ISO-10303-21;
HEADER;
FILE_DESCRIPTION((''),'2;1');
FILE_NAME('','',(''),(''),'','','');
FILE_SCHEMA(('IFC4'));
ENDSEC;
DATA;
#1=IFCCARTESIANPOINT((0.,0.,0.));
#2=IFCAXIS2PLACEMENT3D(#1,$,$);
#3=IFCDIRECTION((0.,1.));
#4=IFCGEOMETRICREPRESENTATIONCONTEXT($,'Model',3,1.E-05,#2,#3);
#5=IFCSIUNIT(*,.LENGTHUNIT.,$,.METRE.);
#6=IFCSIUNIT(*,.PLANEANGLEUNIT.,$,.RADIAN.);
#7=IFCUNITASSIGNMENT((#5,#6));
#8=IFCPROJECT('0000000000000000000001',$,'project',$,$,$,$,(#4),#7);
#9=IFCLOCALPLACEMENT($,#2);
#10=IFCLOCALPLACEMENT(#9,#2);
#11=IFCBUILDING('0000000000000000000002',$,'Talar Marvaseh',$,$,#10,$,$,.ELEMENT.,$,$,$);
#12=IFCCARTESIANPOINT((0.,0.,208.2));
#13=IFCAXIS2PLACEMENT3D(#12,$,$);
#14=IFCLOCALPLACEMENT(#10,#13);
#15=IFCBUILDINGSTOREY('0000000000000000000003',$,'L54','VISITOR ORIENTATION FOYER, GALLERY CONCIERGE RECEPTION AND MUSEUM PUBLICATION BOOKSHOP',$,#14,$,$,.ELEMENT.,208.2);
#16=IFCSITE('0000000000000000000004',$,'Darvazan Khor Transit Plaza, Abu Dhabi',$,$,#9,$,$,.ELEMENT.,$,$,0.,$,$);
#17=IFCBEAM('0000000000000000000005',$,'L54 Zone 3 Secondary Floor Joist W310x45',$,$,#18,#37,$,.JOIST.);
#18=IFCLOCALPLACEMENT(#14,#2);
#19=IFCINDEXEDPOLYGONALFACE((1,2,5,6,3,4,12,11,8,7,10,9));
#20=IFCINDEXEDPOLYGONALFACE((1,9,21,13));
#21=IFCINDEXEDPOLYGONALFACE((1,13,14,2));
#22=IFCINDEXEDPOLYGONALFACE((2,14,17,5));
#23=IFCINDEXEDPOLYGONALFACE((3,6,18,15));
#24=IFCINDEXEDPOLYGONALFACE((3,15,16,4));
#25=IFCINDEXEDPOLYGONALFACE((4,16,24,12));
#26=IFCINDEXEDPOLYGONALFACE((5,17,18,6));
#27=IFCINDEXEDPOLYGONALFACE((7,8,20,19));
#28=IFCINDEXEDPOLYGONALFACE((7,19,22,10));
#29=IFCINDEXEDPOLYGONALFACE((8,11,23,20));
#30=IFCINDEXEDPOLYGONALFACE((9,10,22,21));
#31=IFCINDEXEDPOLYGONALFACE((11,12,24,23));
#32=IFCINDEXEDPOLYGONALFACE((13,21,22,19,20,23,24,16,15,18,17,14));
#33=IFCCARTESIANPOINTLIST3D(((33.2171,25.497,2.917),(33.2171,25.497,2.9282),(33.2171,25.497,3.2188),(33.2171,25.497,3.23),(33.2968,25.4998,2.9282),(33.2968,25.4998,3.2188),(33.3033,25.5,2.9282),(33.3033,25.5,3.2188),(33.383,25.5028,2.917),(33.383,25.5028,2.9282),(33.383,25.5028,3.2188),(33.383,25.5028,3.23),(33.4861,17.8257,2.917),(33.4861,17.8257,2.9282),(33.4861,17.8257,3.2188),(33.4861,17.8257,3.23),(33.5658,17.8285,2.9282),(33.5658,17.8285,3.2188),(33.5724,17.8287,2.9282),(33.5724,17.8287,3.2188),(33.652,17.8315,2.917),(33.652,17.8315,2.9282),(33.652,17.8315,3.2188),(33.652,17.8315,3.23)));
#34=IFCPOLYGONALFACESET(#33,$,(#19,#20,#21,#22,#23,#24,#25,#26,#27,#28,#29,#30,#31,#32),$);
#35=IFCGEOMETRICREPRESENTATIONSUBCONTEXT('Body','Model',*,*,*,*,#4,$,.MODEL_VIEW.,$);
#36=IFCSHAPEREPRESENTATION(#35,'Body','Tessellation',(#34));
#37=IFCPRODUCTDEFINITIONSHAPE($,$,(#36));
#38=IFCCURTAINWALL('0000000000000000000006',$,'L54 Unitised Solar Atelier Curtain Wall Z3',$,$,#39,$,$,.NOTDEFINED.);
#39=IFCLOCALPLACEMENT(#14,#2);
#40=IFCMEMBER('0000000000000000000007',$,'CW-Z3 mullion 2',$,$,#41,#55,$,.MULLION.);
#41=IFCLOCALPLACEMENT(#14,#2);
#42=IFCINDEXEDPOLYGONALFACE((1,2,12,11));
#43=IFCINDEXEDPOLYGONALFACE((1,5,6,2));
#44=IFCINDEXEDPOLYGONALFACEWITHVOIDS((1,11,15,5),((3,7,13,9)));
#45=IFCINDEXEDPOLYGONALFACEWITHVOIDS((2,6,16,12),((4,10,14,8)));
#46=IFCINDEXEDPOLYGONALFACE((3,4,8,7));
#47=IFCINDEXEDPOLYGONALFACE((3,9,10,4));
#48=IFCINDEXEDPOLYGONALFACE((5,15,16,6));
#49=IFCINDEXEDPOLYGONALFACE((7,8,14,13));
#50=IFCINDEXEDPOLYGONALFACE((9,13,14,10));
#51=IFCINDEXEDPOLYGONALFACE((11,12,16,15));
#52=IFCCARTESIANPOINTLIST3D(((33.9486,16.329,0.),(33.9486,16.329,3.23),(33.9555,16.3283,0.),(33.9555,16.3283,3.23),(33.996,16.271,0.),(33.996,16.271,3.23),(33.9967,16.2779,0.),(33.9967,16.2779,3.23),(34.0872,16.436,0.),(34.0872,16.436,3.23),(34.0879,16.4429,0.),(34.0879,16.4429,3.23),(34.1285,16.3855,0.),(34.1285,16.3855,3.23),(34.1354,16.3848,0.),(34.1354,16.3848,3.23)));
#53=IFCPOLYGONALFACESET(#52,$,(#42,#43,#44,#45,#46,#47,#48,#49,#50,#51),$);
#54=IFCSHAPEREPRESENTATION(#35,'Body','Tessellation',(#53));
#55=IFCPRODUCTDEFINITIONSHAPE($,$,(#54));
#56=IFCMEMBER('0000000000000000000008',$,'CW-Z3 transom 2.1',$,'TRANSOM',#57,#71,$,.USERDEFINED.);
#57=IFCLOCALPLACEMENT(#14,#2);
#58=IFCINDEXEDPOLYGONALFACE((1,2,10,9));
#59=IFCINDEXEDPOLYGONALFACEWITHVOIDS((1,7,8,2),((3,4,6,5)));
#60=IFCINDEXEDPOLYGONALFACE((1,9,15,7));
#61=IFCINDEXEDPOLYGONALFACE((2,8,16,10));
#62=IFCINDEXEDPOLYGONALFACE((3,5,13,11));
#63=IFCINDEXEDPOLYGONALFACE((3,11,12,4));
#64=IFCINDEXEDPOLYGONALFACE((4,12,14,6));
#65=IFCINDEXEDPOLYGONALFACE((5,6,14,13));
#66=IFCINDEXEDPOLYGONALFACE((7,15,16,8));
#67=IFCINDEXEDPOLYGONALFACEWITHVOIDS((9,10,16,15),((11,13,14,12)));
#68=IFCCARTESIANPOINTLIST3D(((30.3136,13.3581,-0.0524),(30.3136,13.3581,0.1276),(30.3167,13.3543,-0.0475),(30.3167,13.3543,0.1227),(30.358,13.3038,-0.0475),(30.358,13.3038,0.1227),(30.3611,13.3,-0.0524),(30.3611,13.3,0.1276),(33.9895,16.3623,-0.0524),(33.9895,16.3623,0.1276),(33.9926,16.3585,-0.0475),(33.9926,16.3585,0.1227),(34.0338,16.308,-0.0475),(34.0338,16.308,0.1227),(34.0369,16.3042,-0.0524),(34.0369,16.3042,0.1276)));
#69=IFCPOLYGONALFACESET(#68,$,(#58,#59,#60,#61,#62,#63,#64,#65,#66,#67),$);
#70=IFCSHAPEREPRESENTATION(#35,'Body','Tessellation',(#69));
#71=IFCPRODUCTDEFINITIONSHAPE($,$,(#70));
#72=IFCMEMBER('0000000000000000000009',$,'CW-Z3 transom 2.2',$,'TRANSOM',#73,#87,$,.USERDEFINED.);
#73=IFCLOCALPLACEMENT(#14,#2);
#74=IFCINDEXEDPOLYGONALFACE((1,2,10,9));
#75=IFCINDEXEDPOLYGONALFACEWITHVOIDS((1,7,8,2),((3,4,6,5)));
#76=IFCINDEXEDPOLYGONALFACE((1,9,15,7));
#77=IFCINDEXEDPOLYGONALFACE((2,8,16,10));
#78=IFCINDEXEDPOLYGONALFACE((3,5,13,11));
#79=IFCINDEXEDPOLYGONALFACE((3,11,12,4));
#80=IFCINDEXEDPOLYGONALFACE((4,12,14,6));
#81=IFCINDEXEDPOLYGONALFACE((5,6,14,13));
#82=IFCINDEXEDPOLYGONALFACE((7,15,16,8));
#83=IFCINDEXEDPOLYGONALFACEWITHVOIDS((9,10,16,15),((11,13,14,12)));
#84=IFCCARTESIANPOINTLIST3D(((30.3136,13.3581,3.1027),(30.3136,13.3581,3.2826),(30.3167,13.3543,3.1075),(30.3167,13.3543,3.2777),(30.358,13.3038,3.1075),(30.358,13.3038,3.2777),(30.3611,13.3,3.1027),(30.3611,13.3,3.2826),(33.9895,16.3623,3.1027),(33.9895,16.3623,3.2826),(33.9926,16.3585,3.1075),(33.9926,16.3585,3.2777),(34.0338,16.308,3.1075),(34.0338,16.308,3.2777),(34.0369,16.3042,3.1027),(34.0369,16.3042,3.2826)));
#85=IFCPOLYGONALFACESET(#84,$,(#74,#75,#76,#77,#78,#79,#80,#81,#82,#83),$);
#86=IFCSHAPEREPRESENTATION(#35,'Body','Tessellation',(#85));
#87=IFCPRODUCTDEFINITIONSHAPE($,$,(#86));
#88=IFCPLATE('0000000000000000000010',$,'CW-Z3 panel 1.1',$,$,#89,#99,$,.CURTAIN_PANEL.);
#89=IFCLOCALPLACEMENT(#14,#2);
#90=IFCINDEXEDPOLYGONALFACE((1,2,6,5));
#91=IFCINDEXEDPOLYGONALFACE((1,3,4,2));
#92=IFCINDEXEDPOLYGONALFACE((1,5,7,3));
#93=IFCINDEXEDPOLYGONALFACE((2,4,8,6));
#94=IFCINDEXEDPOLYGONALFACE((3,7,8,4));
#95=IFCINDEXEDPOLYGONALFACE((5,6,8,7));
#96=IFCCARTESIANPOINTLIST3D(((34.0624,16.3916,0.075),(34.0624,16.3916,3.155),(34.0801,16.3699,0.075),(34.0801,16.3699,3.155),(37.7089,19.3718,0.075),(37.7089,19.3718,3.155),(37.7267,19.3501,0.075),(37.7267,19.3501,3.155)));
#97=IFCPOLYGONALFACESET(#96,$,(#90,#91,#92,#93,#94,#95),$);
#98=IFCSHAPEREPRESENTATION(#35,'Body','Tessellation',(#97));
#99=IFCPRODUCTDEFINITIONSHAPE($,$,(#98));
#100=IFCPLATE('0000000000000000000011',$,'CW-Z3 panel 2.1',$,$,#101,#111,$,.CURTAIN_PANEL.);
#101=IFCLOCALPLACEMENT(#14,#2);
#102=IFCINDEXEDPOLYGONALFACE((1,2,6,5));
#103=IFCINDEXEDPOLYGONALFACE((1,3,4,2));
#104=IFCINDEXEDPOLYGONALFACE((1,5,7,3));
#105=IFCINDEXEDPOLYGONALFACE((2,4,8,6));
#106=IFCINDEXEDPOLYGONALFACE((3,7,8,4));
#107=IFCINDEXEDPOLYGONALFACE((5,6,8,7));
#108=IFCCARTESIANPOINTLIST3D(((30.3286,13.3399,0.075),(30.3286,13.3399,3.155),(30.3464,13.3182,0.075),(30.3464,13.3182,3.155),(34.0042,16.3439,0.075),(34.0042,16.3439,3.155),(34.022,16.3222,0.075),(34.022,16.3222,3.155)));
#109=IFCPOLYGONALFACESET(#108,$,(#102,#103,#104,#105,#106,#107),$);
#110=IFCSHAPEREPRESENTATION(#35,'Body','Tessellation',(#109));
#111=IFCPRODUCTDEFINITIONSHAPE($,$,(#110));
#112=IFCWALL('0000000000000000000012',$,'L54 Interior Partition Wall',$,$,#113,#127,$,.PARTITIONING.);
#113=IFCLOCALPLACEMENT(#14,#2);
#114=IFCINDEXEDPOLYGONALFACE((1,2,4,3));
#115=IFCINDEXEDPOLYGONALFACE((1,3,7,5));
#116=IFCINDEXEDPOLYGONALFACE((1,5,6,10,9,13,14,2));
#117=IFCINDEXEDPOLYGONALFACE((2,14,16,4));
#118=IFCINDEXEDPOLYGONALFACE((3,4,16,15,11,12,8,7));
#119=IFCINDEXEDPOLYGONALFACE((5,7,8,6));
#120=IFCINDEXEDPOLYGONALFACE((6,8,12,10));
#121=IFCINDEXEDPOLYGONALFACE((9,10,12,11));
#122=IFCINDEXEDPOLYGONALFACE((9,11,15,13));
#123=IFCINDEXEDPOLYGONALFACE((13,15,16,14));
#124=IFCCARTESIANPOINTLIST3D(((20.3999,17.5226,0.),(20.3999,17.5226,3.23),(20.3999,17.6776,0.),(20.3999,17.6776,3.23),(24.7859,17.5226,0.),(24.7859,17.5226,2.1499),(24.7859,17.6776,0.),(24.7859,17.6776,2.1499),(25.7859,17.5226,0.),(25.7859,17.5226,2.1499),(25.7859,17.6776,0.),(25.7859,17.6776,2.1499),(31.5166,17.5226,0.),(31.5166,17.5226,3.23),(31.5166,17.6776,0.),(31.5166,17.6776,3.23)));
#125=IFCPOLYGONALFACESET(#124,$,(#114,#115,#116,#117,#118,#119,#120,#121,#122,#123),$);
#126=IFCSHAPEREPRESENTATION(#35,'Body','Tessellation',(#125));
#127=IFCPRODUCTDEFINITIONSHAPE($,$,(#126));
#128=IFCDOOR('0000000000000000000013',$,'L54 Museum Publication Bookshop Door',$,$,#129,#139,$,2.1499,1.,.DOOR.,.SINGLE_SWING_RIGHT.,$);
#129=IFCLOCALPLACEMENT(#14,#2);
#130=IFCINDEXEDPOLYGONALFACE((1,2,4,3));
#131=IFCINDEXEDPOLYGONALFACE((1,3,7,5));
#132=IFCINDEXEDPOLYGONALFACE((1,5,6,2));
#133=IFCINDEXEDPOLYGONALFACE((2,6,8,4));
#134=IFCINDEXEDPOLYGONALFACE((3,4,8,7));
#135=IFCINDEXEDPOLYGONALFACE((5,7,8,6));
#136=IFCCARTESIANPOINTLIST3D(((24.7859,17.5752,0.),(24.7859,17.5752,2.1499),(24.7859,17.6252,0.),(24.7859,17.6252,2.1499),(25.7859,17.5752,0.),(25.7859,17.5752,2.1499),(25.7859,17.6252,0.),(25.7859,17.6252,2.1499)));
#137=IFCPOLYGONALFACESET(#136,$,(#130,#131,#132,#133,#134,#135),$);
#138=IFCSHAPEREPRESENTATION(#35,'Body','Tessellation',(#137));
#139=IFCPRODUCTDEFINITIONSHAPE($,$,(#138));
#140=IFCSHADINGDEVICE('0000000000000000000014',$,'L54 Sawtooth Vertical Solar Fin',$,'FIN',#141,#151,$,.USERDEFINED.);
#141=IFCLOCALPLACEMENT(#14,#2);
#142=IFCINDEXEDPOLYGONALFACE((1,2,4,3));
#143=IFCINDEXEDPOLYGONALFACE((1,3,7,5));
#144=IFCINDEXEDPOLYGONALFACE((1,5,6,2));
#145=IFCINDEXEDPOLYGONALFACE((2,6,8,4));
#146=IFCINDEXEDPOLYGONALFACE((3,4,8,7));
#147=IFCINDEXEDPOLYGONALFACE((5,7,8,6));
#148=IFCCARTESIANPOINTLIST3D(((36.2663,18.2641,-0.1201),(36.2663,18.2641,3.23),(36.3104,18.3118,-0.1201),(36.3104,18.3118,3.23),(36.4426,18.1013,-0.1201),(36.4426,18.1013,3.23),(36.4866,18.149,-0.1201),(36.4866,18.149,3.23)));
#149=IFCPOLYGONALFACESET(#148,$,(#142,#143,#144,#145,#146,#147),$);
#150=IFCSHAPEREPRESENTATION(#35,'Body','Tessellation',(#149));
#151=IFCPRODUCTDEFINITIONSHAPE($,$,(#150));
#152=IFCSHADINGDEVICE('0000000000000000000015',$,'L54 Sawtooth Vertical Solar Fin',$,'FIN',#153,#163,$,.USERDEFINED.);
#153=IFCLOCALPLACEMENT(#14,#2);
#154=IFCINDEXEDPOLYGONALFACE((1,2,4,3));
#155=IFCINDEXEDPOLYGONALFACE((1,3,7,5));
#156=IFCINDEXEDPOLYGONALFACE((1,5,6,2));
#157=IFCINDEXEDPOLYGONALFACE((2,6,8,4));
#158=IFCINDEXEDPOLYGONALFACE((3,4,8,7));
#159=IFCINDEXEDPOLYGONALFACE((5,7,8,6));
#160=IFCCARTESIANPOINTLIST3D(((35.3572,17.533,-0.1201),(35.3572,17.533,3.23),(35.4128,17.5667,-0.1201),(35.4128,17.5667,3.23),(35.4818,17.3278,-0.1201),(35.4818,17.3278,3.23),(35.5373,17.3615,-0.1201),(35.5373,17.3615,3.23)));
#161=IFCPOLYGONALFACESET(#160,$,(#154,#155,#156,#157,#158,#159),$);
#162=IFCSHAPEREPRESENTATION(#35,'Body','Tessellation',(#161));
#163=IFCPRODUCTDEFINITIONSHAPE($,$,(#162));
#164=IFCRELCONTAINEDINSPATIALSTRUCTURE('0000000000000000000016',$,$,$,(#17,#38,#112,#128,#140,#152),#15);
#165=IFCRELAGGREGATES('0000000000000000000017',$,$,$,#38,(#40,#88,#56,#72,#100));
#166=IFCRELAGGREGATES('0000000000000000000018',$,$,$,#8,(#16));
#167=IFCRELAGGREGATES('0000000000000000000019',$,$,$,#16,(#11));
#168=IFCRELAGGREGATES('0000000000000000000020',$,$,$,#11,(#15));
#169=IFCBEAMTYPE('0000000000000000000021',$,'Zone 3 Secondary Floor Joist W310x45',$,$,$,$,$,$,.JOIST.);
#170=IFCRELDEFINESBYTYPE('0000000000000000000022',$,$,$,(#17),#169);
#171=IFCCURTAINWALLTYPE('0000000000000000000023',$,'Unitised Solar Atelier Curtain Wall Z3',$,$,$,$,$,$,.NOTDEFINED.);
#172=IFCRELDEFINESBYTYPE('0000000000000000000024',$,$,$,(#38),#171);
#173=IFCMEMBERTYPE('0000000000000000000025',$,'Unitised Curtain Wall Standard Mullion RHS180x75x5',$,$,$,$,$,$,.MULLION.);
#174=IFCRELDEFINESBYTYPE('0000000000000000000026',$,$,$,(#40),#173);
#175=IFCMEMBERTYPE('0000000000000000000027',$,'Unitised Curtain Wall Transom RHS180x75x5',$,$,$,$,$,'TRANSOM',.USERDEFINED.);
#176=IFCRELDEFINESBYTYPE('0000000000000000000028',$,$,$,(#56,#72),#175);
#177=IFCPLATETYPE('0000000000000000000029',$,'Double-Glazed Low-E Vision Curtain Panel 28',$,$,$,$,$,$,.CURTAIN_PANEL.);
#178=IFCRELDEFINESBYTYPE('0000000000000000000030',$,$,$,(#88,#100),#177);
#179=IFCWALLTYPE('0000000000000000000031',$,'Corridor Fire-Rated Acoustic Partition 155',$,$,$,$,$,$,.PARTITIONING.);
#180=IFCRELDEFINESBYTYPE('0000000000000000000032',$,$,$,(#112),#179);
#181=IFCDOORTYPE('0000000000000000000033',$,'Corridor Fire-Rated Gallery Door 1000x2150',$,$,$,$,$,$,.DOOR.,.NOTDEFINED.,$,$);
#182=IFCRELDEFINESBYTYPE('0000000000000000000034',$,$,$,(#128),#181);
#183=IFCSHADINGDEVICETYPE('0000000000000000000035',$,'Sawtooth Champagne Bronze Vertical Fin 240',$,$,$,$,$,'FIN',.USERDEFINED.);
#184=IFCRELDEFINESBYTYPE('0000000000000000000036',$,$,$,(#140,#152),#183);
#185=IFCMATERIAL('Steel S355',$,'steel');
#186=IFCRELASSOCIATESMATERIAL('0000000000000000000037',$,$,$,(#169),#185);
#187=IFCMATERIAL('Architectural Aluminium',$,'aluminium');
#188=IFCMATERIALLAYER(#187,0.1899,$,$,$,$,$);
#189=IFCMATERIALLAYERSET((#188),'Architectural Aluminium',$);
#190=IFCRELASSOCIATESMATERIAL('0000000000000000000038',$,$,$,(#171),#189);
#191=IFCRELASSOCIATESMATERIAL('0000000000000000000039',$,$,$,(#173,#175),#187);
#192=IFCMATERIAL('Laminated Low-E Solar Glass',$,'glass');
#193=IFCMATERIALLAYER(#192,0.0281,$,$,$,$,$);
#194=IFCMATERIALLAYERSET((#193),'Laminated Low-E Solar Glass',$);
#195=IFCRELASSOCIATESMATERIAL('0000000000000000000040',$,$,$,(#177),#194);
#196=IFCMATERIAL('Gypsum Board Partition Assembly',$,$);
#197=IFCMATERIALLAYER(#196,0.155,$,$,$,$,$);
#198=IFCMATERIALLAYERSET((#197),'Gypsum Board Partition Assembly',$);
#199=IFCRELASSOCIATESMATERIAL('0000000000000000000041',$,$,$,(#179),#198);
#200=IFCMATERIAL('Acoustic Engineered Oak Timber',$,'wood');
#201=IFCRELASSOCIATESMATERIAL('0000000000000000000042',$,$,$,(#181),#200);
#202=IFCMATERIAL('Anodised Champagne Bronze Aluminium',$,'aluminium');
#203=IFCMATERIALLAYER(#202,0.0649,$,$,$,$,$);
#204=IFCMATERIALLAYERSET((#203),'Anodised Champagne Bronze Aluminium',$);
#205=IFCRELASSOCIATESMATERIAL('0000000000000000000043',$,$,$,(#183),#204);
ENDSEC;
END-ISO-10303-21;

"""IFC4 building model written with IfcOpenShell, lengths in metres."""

from ifc_helpers import new_model, si_unit, direction, frame, frame_2d, origin, origin_2d, place, context, subcontext, project, spatial, rectangle, hollow_rectangle, i_section, extrude, source, transform, mapped, material, layer, layer_set, material_profile, profile_set, type_object, type_shapes, element, fill, aggregate, save


model = new_model("IFC4")

# Units and contexts
model_context = context("Model", 3, precision=1e-05, world=origin(), true_north=direction((0.0, 1.0)))
body_context = subcontext(model_context, "Body", "Model", "MODEL_VIEW")
ifc_project = project(units=[si_unit("LENGTHUNIT", "METRE"), si_unit("PLANEANGLEUNIT", "RADIAN")], contexts=[model_context])

# Site, building, storey
site_placement = place(None, origin())
site = spatial("IfcSite", under=ifc_project, at=site_placement, Name="Darvazan Khor Transit Plaza, Abu Dhabi", CompositionType="ELEMENT", RefElevation=0.0)
building_placement = place(site_placement, origin())
building = spatial("IfcBuilding", under=site, at=building_placement, Name="Talar Marvaseh", CompositionType="ELEMENT")
storey_placement = place(building_placement, frame((0.0, 0.0, 208.2)))
storey = spatial("IfcBuildingStorey", under=building, at=storey_placement, Name="L54", Description="VISITOR ORIENTATION FOYER, GALLERY CONCIERGE RECEPTION AND MUSEUM PUBLICATION BOOKSHOP", CompositionType="ELEMENT", Elevation=208.2)

# Beam
ifc_material_1 = material(Name="Steel S355", Category="steel")
ifc_material_profile_1 = material_profile(ifc_material_1, i_section(OverallWidth=0.166, OverallDepth=0.313, WebThickness=0.0066, FlangeThickness=0.0112, at=origin_2d()), Name="W310x45")
ifc_profile_set_1 = profile_set([ifc_material_profile_1], Name="Steel S355")
beam_type = type_object("IfcBeamType", Name="Zone 3 Secondary Floor Joist W310x45", PredefinedType="JOIST", material=ifc_profile_set_1)
beam_placement = place(storey_placement, frame((33.5691, 17.8286, 3.0735), z_axis=(-0.035049, 0.999386, 0.0), x_axis=(-0.999386, -0.035049, 0.0)))
element("IfcBeam", 1, at=beam_placement, inside=storey, type_object=beam_type, Name="L54 Zone 3 Secondary Floor Joist W310x45", PredefinedType="JOIST", context=body_context, shape_type="SweptSolid", body=[
    extrude(i_section(OverallWidth=0.166, OverallDepth=0.313, WebThickness=0.0066, FlangeThickness=0.0112, at=origin_2d()), origin(), (0.0, 0.0, 1.0), 7.676),
])

# Curtain wall, members, plates
ifc_material_2 = material(Name="Architectural Aluminium", Category="aluminium")
ifc_layer_1 = layer(ifc_material_2, 0.1899)
ifc_layer_set_1 = layer_set([ifc_layer_1], Name="Architectural Aluminium")
curtain_wall_type = type_object("IfcCurtainWallType", Name="Unitised Solar Atelier Curtain Wall Z3", PredefinedType="NOTDEFINED", material=ifc_layer_set_1)
curtain_wall_placement = place(storey_placement, origin())
curtain_wall = element("IfcCurtainWall", 2, at=curtain_wall_placement, inside=storey, type_object=curtain_wall_type, Name="L54 Unitised Solar Atelier Curtain Wall Z3", PredefinedType="NOTDEFINED")
ifc_material_profile_2 = material_profile(ifc_material_2, hollow_rectangle(XDim=0.075, YDim=0.1799, WallThickness=0.0049, at=origin_2d()), Name="RHS180x75x5")
ifc_profile_set_2 = profile_set([ifc_material_profile_2], Name="Architectural Aluminium")
member_type_1 = type_object("IfcMemberType", Name="Unitised Curtain Wall Standard Mullion RHS180x75x5", PredefinedType="MULLION", material=ifc_profile_set_2)
shared_shape_1 = source(origin(), body_context, "Body", "SweptSolid", [
    extrude(hollow_rectangle(XDim=0.075, YDim=0.1799, WallThickness=0.0049, at=origin_2d()), origin(), (0.0, 0.0, 1.0), 3.23),
])
type_shapes(member_type_1, [shared_shape_1])
member_1_placement = place(storey_placement, frame((34.042, 16.3569, 0.0), z_axis=(0.0, 0.0, 1.0), x_axis=(0.632822, -0.774297, 0.0)))
member_1 = element("IfcMember", 3, at=member_1_placement, type_object=member_type_1, Name="CW-Z3 mullion 2", PredefinedType="MULLION", context=body_context, shape_type="MappedRepresentation", body=[
    mapped(shared_shape_1, transform((0.0, 0.0, 0.0), x_axis=(1.0, 0.0, 0.0), y_axis=(0.0, 1.0, 0.0), z_axis=(0.0, 0.0, 1.0), scale=1.0)),
])
ifc_material_profile_3 = material_profile(ifc_material_2, hollow_rectangle(XDim=0.075, YDim=0.1799, WallThickness=0.0049, at=origin_2d()), Name="RHS180x75x5")
ifc_profile_set_3 = profile_set([ifc_material_profile_3], Name="Architectural Aluminium")
member_type_2 = type_object("IfcMemberType", Name="Unitised Curtain Wall Transom RHS180x75x5", ElementType="TRANSOM", PredefinedType="USERDEFINED", material=ifc_profile_set_3)
shared_shape_2 = source(origin(), body_context, "Body", "SweptSolid", [
    extrude(hollow_rectangle(XDim=0.075, YDim=0.1799, WallThickness=0.0049, at=origin_2d()), origin(), (0.0, 0.0, 1.0), 4.7473),
])
type_shapes(member_type_2, [shared_shape_2])
member_2_placement = place(storey_placement, frame((34.0132, 16.3333, 0.0376), z_axis=(-0.774299, -0.63282, 0.0), x_axis=(0.63282, -0.774299, 0.0)))
member_2 = element("IfcMember", 4, at=member_2_placement, type_object=member_type_2, Name="CW-Z3 transom 2.1", ObjectType="TRANSOM", PredefinedType="USERDEFINED", context=body_context, shape_type="MappedRepresentation", body=[
    mapped(shared_shape_2, transform((0.0, 0.0, 0.0), x_axis=(1.0, 0.0, 0.0), y_axis=(0.0, 1.0, 0.0), z_axis=(0.0, 0.0, 1.0), scale=1.0)),
])
member_3_placement = place(storey_placement, frame((34.0132, 16.3333, 3.1926), z_axis=(-0.774299, -0.63282, 0.0), x_axis=(0.63282, -0.774299, 0.0)))
member_3 = element("IfcMember", 5, at=member_3_placement, type_object=member_type_2, Name="CW-Z3 transom 2.2", ObjectType="TRANSOM", PredefinedType="USERDEFINED", context=body_context, shape_type="MappedRepresentation", body=[
    mapped(shared_shape_2, transform((0.0, 0.0, 0.0), x_axis=(1.0, 0.0, 0.0), y_axis=(0.0, 1.0, 0.0), z_axis=(0.0, 0.0, 1.0), scale=1.0)),
])
ifc_material_3 = material(Name="Laminated Low-E Solar Glass", Category="glass")
ifc_layer_2 = layer(ifc_material_3, 0.0281)
ifc_layer_set_2 = layer_set([ifc_layer_2], Name="Laminated Low-E Solar Glass")
plate_type = type_object("IfcPlateType", Name="Double-Glazed Low-E Vision Curtain Panel 28", PredefinedType="CURTAIN_PANEL", material=ifc_layer_set_2)
shared_shape_3 = source(origin(), body_context, "Body", "SweptSolid", [
    extrude(rectangle(XDim=4.7095, YDim=0.0281, at=origin_2d()), origin(), (0.0, 0.0, 1.0), 3.0801),
])
plate_1_placement = place(storey_placement, frame((35.8945, 17.8708, 0.075), z_axis=(0.0, 0.0, 1.0), x_axis=(-0.774297, -0.632822, 0.0)))
plate_1 = element("IfcPlate", 6, at=plate_1_placement, type_object=plate_type, Name="CW-Z3 panel 1.1", PredefinedType="CURTAIN_PANEL", context=body_context, shape_type="MappedRepresentation", body=[
    mapped(shared_shape_3, transform((0.0, 0.0, 0.0), x_axis=(1.0, 0.0, 0.0), y_axis=(0.0, 1.0, 0.0), z_axis=(0.0, 0.0, 1.0), scale=1.0)),
])
shared_shape_4 = source(origin(), body_context, "Body", "SweptSolid", [
    extrude(rectangle(XDim=4.7471, YDim=0.0281, at=origin_2d()), origin(), (0.0, 0.0, 1.0), 3.0801),
])
type_shapes(plate_type, [shared_shape_3, shared_shape_4])
plate_2_placement = place(storey_placement, frame((32.1753, 14.8311, 0.075), z_axis=(0.0, 0.0, 1.0), x_axis=(-0.774297, -0.632822, 0.0)))
plate_2 = element("IfcPlate", 7, at=plate_2_placement, type_object=plate_type, Name="CW-Z3 panel 2.1", PredefinedType="CURTAIN_PANEL", context=body_context, shape_type="MappedRepresentation", body=[
    mapped(shared_shape_4, transform((0.0, 0.0, 0.0), x_axis=(1.0, 0.0, 0.0), y_axis=(0.0, 1.0, 0.0), z_axis=(0.0, 0.0, 1.0), scale=1.0)),
])
aggregate(curtain_wall, [member_1, plate_1, member_2, member_3, plate_2])

# Wall, opening, door
ifc_material_4 = material(Name="Gypsum Board Partition Assembly")
ifc_layer_3 = layer(ifc_material_4, 0.155)
ifc_layer_set_3 = layer_set([ifc_layer_3], Name="Gypsum Board Partition Assembly")
wall_type = type_object("IfcWallType", Name="Corridor Fire-Rated Acoustic Partition 155", PredefinedType="PARTITIONING", material=ifc_layer_set_3)
wall_placement = place(storey_placement, frame((31.5166, 17.6001, 0.0), z_axis=(0.0, 0.0, 1.0), x_axis=(-1.0, 0.0, 0.0)))
wall = element("IfcWall", 8, at=wall_placement, inside=storey, type_object=wall_type, Name="L54 Interior Partition Wall", PredefinedType="PARTITIONING", context=body_context, shape_type="SweptSolid", body=[
    extrude(rectangle(XDim=11.1167, YDim=0.155, at=frame_2d((5.5583, 0.0))), origin(), (0.0, 0.0, 1.0), 3.23),
])
opening_placement = place(wall_placement, frame((5.7307, 0.0, 0.0)))
opening = element("IfcOpeningElement", 9, at=opening_placement, cuts=wall, PredefinedType="OPENING", context=body_context, shape_type="SweptSolid", body=[
    extrude(rectangle(XDim=1.0, YDim=2.1499, at=frame_2d((0.5, 1.075))), frame((0.0, 0.0874, 0.0), z_axis=(0.0, -1.0, 0.0), x_axis=(1.0, 0.0, 0.0)), (0.0, 0.0, 1.0), 0.175),
])
ifc_material_5 = material(Name="Acoustic Engineered Oak Timber", Category="wood")
door_type = type_object("IfcDoorType", Name="Corridor Fire-Rated Gallery Door 1000x2150", OperationType="NOTDEFINED", PredefinedType="DOOR", material=ifc_material_5)
shared_shape_5 = source(origin(), body_context, "Body", "SweptSolid", [
    extrude(rectangle(XDim=1.0, YDim=2.1499, at=frame_2d((0.5, 1.075))), frame((0.0, 0.0249, 0.0), z_axis=(0.0, -1.0, 0.0), x_axis=(1.0, 0.0, 0.0)), (0.0, 0.0, 1.0), 0.05),
])
type_shapes(door_type, [shared_shape_5])
door_placement = place(opening_placement, origin())
door = element("IfcDoor", 10, at=door_placement, inside=storey, type_object=door_type, Name="L54 Museum Publication Bookshop Door", OperationType="SINGLE_SWING_RIGHT", OverallHeight=2.1499, OverallWidth=1.0, PredefinedType="DOOR", context=body_context, shape_type="MappedRepresentation", body=[
    mapped(shared_shape_5, transform((0.0, 0.0, 0.0), x_axis=(1.0, 0.0, 0.0), y_axis=(0.0, 1.0, 0.0), z_axis=(0.0, 0.0, 1.0), scale=1.0)),
])
fill(opening, door)

# Shading devices
ifc_material_6 = material(Name="Anodised Champagne Bronze Aluminium", Category="aluminium")
ifc_layer_4 = layer(ifc_material_6, 0.0649)
ifc_layer_set_4 = layer_set([ifc_layer_4], Name="Anodised Champagne Bronze Aluminium")
shading_device_type = type_object("IfcShadingDeviceType", Name="Sawtooth Champagne Bronze Vertical Fin 240", ElementType="FIN", PredefinedType="USERDEFINED", material=ifc_layer_set_4)
shared_shape_6 = source(origin(), body_context, "Body", "SweptSolid", [
    extrude(rectangle(XDim=0.24, YDim=0.0649, at=origin_2d()), origin(), (0.0, 0.0, 1.0), 3.3501),
])
type_shapes(shading_device_type, [shared_shape_6])
for number, where, z_axis, x_axis, name in (
    (11, (36.3765, 18.2065, -0.1201), (0.0, 0.0, 1.0), (0.734441, -0.678673, 0.0), "L54 Sawtooth Vertical Solar Fin"),
    (12, (35.4473, 17.4473, -0.1201), (0.0, 0.0, 1.0), (0.518922, -0.854821, 0.0), "L54 Sawtooth Vertical Solar Fin"),
):
    element("IfcShadingDevice", number, at=place(storey_placement, frame(where, z_axis=z_axis, x_axis=x_axis)), inside=storey, type_object=shading_device_type, Name=name, ObjectType="FIN", PredefinedType="USERDEFINED", context=body_context, shape_type="MappedRepresentation", body=[
        mapped(shared_shape_6, transform((0.0, 0.0, 0.0), x_axis=(1.0, 0.0, 0.0), y_axis=(0.0, 1.0, 0.0), z_axis=(0.0, 0.0, 1.0), scale=1.0)),
    ])

save(model, "model.ifc")
